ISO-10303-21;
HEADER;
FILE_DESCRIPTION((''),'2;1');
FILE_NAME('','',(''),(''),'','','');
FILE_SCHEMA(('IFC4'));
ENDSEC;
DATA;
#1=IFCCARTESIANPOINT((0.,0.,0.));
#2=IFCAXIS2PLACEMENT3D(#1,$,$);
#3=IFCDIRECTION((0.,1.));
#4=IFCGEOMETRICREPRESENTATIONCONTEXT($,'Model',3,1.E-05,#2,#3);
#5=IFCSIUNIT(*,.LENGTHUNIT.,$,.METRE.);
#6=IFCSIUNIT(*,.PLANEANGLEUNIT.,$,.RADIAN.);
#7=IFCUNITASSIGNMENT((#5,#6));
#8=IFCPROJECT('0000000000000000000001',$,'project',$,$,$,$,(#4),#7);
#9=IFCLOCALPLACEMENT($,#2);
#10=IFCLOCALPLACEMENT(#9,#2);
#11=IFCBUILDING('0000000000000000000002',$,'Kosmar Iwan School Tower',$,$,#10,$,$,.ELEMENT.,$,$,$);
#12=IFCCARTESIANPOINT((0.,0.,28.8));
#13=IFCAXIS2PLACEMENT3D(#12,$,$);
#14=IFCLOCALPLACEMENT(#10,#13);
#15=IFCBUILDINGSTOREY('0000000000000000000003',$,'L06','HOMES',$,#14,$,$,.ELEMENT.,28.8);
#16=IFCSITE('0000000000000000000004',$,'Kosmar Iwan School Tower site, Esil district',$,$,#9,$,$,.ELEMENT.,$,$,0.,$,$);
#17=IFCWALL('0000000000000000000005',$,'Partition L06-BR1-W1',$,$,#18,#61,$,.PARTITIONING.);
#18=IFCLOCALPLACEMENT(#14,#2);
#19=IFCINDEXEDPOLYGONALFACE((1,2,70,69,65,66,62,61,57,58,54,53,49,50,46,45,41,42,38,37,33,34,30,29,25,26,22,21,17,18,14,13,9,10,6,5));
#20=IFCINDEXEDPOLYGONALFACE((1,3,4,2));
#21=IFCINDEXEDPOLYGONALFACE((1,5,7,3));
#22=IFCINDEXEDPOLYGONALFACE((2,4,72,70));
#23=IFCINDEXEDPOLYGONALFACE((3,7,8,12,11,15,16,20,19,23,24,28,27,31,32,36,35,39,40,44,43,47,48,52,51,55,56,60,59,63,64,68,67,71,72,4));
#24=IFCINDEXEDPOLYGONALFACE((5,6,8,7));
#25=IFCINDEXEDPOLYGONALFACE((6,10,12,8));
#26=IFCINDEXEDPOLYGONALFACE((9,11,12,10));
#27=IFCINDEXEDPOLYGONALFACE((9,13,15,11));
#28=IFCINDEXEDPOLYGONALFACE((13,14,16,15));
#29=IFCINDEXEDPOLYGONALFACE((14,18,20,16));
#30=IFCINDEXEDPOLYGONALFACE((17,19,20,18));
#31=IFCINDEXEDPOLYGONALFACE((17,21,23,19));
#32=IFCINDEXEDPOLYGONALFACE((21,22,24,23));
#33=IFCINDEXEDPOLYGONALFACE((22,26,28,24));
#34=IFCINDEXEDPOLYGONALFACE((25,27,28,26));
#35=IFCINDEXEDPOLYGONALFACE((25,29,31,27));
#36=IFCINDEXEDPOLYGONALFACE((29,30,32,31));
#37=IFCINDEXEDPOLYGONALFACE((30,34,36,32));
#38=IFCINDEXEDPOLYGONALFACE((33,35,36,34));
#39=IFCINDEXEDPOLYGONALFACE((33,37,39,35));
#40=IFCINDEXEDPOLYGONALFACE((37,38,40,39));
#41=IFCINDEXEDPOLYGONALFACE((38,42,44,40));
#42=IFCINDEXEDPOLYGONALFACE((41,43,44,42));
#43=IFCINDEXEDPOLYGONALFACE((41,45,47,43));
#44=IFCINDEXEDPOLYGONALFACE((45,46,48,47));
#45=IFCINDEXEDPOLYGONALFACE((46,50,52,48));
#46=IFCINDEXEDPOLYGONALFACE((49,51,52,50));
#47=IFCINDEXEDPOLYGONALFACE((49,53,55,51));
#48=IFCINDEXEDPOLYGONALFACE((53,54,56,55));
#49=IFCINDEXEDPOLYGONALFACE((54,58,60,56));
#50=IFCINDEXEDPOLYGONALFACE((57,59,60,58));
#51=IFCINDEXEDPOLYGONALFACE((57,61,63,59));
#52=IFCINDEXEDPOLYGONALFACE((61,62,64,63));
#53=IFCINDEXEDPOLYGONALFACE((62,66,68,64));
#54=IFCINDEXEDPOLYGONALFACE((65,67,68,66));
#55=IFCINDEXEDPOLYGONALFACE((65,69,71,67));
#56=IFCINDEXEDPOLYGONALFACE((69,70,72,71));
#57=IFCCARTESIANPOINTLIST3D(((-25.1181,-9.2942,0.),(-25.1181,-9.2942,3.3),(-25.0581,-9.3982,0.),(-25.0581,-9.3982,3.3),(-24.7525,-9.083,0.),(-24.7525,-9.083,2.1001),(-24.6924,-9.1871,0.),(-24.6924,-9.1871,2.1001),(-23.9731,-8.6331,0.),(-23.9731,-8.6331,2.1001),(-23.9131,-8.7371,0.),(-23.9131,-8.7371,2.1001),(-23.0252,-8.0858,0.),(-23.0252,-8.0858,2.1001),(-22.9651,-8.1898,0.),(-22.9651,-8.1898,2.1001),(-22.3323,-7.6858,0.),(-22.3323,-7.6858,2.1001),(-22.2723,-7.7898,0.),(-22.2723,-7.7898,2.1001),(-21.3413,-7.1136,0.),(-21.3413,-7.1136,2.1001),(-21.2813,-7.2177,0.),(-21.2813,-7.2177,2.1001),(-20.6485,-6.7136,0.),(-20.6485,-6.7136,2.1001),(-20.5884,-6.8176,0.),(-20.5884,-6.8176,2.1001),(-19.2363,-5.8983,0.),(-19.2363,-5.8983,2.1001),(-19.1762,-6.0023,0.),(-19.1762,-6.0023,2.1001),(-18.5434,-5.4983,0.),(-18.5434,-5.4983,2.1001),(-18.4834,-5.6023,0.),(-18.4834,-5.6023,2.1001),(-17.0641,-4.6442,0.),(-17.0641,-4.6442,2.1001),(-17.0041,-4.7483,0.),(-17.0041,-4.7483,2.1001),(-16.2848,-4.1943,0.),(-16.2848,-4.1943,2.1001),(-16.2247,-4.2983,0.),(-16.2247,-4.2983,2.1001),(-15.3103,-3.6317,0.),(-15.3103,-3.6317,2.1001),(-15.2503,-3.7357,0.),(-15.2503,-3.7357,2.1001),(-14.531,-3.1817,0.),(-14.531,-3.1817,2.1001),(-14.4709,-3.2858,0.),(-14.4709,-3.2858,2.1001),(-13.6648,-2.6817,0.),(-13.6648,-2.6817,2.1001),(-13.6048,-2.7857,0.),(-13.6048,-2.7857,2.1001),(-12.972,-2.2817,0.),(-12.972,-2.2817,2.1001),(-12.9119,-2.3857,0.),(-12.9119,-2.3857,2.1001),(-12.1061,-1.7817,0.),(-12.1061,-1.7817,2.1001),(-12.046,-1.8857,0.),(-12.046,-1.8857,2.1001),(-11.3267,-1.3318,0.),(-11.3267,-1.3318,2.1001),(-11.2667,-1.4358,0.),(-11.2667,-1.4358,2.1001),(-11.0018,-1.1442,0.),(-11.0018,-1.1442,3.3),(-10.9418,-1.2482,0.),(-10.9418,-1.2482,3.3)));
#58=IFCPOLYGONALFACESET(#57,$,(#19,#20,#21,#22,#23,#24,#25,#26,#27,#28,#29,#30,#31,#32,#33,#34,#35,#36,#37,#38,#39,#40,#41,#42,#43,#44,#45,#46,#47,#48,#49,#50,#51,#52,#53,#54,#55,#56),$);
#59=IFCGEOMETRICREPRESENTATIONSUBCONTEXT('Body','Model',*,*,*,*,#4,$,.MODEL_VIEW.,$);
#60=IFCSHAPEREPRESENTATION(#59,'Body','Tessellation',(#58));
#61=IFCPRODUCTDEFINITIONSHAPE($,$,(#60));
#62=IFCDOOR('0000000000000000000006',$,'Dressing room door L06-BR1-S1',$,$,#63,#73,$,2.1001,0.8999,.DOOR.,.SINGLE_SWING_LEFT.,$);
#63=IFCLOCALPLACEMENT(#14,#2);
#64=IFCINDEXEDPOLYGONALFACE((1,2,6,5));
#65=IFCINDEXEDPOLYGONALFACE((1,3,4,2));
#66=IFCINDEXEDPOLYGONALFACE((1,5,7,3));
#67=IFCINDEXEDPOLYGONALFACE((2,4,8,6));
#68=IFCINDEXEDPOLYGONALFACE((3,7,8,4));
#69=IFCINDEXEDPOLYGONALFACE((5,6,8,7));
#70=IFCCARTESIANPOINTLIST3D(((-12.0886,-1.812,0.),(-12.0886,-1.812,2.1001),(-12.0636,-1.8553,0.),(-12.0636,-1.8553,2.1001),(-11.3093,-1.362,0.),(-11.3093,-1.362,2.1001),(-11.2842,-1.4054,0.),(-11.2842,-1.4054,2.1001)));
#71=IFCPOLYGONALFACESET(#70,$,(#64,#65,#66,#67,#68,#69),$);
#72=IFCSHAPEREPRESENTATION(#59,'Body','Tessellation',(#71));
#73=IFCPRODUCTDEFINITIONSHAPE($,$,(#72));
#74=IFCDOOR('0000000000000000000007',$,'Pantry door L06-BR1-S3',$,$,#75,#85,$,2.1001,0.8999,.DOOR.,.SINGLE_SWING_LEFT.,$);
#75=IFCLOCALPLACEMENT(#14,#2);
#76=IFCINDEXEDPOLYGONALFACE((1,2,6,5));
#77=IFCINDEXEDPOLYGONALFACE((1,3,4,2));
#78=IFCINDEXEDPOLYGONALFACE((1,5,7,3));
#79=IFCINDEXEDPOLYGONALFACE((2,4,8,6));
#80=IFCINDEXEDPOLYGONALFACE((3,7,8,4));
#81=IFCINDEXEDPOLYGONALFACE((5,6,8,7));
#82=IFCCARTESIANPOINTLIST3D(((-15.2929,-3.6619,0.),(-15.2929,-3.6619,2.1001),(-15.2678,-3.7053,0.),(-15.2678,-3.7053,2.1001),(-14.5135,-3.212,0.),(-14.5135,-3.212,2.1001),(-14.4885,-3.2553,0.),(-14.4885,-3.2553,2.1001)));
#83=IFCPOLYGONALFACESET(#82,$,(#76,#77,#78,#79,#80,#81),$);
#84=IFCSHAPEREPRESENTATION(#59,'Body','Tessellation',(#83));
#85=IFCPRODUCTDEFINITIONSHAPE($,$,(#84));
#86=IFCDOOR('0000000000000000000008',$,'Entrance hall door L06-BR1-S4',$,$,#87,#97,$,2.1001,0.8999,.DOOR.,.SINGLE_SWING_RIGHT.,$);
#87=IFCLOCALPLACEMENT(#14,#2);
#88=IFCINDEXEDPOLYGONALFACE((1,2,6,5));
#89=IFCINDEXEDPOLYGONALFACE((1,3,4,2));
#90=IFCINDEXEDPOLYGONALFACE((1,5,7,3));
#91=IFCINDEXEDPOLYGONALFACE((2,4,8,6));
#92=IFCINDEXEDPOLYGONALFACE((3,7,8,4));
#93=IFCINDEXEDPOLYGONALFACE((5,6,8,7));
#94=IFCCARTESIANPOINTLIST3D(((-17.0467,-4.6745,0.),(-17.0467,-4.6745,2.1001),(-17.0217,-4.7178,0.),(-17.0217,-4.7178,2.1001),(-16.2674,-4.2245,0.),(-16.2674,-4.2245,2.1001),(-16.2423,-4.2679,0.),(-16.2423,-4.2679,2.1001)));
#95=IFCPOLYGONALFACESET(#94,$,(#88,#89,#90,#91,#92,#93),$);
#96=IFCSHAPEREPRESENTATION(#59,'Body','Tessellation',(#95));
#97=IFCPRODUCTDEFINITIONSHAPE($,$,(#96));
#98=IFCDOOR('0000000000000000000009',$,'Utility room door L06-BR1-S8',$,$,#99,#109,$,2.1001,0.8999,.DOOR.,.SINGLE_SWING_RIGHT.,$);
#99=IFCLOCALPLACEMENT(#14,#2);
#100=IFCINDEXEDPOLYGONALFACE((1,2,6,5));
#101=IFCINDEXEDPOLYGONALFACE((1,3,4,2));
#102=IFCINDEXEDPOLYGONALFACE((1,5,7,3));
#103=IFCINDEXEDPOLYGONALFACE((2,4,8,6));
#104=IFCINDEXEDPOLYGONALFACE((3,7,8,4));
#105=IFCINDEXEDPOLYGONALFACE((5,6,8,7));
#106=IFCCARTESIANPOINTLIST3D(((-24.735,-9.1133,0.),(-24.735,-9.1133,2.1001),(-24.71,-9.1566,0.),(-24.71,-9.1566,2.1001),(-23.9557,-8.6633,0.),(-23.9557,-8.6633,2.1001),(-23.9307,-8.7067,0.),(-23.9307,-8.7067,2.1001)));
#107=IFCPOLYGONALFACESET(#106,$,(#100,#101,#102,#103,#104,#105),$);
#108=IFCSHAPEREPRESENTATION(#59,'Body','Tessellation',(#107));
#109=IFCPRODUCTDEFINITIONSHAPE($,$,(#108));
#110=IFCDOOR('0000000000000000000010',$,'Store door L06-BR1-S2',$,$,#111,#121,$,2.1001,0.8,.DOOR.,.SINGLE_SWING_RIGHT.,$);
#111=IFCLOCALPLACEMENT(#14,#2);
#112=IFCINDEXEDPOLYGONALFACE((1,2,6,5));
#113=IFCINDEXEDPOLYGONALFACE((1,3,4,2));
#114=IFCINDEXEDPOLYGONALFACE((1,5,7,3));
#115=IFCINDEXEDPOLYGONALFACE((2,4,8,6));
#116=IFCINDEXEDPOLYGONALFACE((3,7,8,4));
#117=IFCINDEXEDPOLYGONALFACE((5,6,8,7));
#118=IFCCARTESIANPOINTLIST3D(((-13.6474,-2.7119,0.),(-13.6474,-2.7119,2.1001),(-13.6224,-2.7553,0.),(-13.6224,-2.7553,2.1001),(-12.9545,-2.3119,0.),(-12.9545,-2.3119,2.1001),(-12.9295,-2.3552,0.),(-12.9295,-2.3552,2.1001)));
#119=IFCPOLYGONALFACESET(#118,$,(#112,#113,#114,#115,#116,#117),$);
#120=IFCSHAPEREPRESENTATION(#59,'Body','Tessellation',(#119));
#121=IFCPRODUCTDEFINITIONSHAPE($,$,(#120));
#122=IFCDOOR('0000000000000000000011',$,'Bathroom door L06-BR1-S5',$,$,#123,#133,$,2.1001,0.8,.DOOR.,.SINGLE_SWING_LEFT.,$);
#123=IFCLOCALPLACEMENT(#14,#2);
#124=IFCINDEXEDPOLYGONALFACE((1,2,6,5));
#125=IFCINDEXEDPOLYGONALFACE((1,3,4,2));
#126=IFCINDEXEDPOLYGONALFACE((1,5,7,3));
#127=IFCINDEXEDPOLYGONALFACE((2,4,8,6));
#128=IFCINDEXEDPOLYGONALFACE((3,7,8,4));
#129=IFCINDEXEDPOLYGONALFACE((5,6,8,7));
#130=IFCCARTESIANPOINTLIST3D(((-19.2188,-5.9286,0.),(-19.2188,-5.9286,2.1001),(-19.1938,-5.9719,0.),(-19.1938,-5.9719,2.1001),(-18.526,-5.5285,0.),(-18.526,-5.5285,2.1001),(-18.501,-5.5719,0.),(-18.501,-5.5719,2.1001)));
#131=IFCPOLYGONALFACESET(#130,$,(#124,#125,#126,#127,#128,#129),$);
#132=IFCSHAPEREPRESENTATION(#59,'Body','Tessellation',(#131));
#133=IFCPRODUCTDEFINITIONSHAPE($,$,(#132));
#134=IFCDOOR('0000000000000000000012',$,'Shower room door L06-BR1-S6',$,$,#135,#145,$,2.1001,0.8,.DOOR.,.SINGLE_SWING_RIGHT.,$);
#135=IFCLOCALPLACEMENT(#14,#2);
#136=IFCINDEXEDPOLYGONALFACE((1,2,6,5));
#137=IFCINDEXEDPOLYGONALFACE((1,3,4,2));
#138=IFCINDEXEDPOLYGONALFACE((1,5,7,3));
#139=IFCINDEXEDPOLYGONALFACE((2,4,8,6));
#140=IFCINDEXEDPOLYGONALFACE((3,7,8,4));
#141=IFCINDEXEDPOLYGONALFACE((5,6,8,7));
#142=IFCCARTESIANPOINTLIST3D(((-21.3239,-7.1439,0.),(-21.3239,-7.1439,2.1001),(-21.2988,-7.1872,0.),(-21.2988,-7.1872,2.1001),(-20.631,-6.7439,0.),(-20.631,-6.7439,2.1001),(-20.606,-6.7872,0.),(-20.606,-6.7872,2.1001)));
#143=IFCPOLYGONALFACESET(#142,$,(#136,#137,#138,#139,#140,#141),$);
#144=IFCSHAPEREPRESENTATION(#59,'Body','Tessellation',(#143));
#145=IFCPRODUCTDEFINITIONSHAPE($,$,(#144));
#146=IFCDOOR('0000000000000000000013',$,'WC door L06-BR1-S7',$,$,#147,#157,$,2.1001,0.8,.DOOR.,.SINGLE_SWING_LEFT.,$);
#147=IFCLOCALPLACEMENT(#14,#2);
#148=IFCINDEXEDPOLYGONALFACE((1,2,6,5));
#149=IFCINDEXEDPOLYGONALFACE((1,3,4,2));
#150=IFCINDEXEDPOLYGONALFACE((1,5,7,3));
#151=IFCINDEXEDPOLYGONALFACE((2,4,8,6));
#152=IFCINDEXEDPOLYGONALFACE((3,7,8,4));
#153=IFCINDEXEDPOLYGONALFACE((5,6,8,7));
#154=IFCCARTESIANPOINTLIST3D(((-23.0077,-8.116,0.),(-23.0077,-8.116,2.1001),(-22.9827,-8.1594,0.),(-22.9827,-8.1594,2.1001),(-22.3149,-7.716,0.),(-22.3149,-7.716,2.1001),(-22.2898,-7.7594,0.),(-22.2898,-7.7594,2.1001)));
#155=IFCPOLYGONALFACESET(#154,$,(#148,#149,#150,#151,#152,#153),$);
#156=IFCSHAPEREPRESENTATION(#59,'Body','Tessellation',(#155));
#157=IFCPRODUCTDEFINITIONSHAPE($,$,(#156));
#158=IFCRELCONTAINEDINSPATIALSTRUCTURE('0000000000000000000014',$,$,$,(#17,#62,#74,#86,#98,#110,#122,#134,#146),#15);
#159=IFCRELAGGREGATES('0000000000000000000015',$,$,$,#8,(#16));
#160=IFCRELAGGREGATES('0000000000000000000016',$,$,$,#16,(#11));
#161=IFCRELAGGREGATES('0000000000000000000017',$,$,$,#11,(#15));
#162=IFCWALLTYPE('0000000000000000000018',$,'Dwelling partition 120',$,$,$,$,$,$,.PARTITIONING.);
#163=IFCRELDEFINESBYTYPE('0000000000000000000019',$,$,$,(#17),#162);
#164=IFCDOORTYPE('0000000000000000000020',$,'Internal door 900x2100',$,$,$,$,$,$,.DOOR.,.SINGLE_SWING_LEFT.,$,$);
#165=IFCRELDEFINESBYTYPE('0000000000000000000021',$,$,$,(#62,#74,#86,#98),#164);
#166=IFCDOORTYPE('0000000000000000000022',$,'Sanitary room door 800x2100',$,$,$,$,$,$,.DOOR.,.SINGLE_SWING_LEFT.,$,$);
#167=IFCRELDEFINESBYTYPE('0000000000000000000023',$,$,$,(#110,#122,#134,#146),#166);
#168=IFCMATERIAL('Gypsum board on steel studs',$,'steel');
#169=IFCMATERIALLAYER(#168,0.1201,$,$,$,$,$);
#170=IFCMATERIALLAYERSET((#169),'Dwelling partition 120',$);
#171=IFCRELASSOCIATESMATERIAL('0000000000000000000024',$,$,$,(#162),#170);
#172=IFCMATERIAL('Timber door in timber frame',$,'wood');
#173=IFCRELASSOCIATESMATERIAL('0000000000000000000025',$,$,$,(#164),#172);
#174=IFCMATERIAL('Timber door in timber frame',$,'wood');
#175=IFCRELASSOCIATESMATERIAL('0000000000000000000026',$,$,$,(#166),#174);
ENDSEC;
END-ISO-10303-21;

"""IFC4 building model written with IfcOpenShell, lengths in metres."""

from ifc_helpers import new_model, si_unit, direction, frame, frame_2d, origin, place, context, subcontext, project, spatial, rectangle, extrude, material, layer, layer_set, type_object, element, fill, save


model = new_model("IFC4")

# Units and contexts
model_context = context("Model", 3, precision=1e-05, world=origin(), true_north=direction((0.0, 1.0)))
body_context = subcontext(model_context, "Body", "Model", "MODEL_VIEW")
ifc_project = project(units=[si_unit("LENGTHUNIT", "METRE"), si_unit("PLANEANGLEUNIT", "RADIAN")], contexts=[model_context])

# Site, building, storey
site_placement = place(None, origin())
site = spatial("IfcSite", under=ifc_project, at=site_placement, Name="Kosmar Iwan School Tower site, Esil district", CompositionType="ELEMENT", RefElevation=0.0)
building_placement = place(site_placement, origin())
building = spatial("IfcBuilding", under=site, at=building_placement, Name="Kosmar Iwan School Tower", CompositionType="ELEMENT")
storey_placement = place(building_placement, frame((0.0, 0.0, 28.8)))
storey = spatial("IfcBuildingStorey", under=building, at=storey_placement, Name="L06", Description="HOMES", CompositionType="ELEMENT", Elevation=28.8)

# Wall, openings, doors
ifc_material_1 = material(Name="Gypsum board on steel studs", Category="steel")
ifc_layer_1 = layer(ifc_material_1, 0.1201)
ifc_layer_set_1 = layer_set([ifc_layer_1], Name="Dwelling partition 120")
wall_type_1 = type_object("IfcWallType", Name="Dwelling partition 120", PredefinedType="PARTITIONING", material=ifc_layer_set_1)
wall_1_placement = place(storey_placement, frame((-10.9719, -1.1963, 0.0), z_axis=(0.0, 0.0, 1.0), x_axis=(-0.866028, -0.499996, 0.0)))
wall_1 = element("IfcWall", 1, at=wall_1_placement, inside=storey, type_object=wall_type_1, Name="Partition L06-BR1-W1", PredefinedType="PARTITIONING", context=body_context, shape_type="SweptSolid", body=[
    extrude(rectangle(XDim=16.3, YDim=0.1201, at=frame_2d((8.1499, 0.0))), origin(), (0.0, 0.0, 1.0), 3.3),
])
opening_1_placement = place(wall_1_placement, frame((0.375, 0.0, 0.0)))
opening_1 = element("IfcOpeningElement", 2, at=opening_1_placement, cuts=wall_1, PredefinedType="OPENING", context=body_context, shape_type="SweptSolid", body=[
    extrude(rectangle(XDim=0.8999, YDim=2.1001, at=frame_2d((0.45, 1.05))), frame((0.0, 0.072, 0.0), z_axis=(0.0, -1.0, 0.0), x_axis=(1.0, 0.0, 0.0)), (0.0, 0.0, 1.0), 0.144),
])
opening_2_placement = place(wall_1_placement, frame((2.2749, 0.0, 0.0)))
opening_2 = element("IfcOpeningElement", 3, at=opening_2_placement, cuts=wall_1, PredefinedType="OPENING", context=body_context, shape_type="SweptSolid", body=[
    extrude(rectangle(XDim=0.8, YDim=2.1001, at=frame_2d((0.3999, 1.05))), frame((0.0, 0.072, 0.0), z_axis=(0.0, -1.0, 0.0), x_axis=(1.0, 0.0, 0.0)), (0.0, 0.0, 1.0), 0.144),
])
opening_3_placement = place(wall_1_placement, frame((4.075, 0.0, 0.0)))
opening_3 = element("IfcOpeningElement", 4, at=opening_3_placement, cuts=wall_1, PredefinedType="OPENING", context=body_context, shape_type="SweptSolid", body=[
    extrude(rectangle(XDim=0.8999, YDim=2.1001, at=frame_2d((0.45, 1.05))), frame((0.0, 0.072, 0.0), z_axis=(0.0, -1.0, 0.0), x_axis=(1.0, 0.0, 0.0)), (0.0, 0.0, 1.0), 0.144),
])
opening_4_placement = place(wall_1_placement, frame((6.1001, 0.0, 0.0)))
opening_4 = element("IfcOpeningElement", 5, at=opening_4_placement, cuts=wall_1, PredefinedType="OPENING", context=body_context, shape_type="SweptSolid", body=[
    extrude(rectangle(XDim=0.8999, YDim=2.1001, at=frame_2d((0.45, 1.05))), frame((0.0, 0.072, 0.0), z_axis=(0.0, -1.0, 0.0), x_axis=(1.0, 0.0, 0.0)), (0.0, 0.0, 1.0), 0.144),
])
opening_5_placement = place(wall_1_placement, frame((8.7083, 0.0, 0.0)))
opening_5 = element("IfcOpeningElement", 6, at=opening_5_placement, cuts=wall_1, PredefinedType="OPENING", context=body_context, shape_type="SweptSolid", body=[
    extrude(rectangle(XDim=0.8, YDim=2.1001, at=frame_2d((0.3999, 1.05))), frame((0.0, 0.072, 0.0), z_axis=(0.0, -1.0, 0.0), x_axis=(1.0, 0.0, 0.0)), (0.0, 0.0, 1.0), 0.144),
])
opening_6_placement = place(wall_1_placement, frame((11.1389, 0.0, 0.0)))
opening_6 = element("IfcOpeningElement", 7, at=opening_6_placement, cuts=wall_1, PredefinedType="OPENING", context=body_context, shape_type="SweptSolid", body=[
    extrude(rectangle(XDim=0.8, YDim=2.1001, at=frame_2d((0.3999, 1.05))), frame((0.0, 0.072, 0.0), z_axis=(0.0, -1.0, 0.0), x_axis=(1.0, 0.0, 0.0)), (0.0, 0.0, 1.0), 0.144),
])
opening_7_placement = place(wall_1_placement, frame((13.0833, 0.0, 0.0)))
opening_7 = element("IfcOpeningElement", 8, at=opening_7_placement, cuts=wall_1, PredefinedType="OPENING", context=body_context, shape_type="SweptSolid", body=[
    extrude(rectangle(XDim=0.8, YDim=2.1001, at=frame_2d((0.3999, 1.05))), frame((0.0, 0.072, 0.0), z_axis=(0.0, -1.0, 0.0), x_axis=(1.0, 0.0, 0.0)), (0.0, 0.0, 1.0), 0.144),
])
opening_8_placement = place(wall_1_placement, frame((14.9778, 0.0, 0.0)))
opening_8 = element("IfcOpeningElement", 9, at=opening_8_placement, cuts=wall_1, PredefinedType="OPENING", context=body_context, shape_type="SweptSolid", body=[
    extrude(rectangle(XDim=0.8999, YDim=2.1001, at=frame_2d((0.45, 1.05))), frame((0.0, 0.072, 0.0), z_axis=(0.0, -1.0, 0.0), x_axis=(1.0, 0.0, 0.0)), (0.0, 0.0, 1.0), 0.144),
])
ifc_material_2 = material(Name="Timber door in timber frame", Category="wood")
door_type_1 = type_object("IfcDoorType", Name="Internal door 900x2100", OperationType="SINGLE_SWING_LEFT", PredefinedType="DOOR", material=ifc_material_2)
door_1_placement = place(opening_1_placement, origin())
door_1 = element("IfcDoor", 10, at=door_1_placement, inside=storey, type_object=door_type_1, Name="Dressing room door L06-BR1-S1", OperationType="SINGLE_SWING_LEFT", OverallHeight=2.1001, OverallWidth=0.8999, PredefinedType="DOOR", context=body_context, shape_type="SweptSolid", body=[
    extrude(rectangle(XDim=0.8999, YDim=2.1001, at=frame_2d((0.45, 1.05))), frame((0.0, 0.0249, 0.0), z_axis=(0.0, -1.0, 0.0), x_axis=(1.0, 0.0, 0.0)), (0.0, 0.0, 1.0), 0.05),
])
fill(opening_1, door_1)
door_2_placement = place(opening_3_placement, origin())
door_2 = element("IfcDoor", 11, at=door_2_placement, inside=storey, type_object=door_type_1, Name="Pantry door L06-BR1-S3", OperationType="SINGLE_SWING_LEFT", OverallHeight=2.1001, OverallWidth=0.8999, PredefinedType="DOOR", context=body_context, shape_type="SweptSolid", body=[
    extrude(rectangle(XDim=0.8999, YDim=2.1001, at=frame_2d((0.45, 1.05))), frame((0.0, 0.0249, 0.0), z_axis=(0.0, -1.0, 0.0), x_axis=(1.0, 0.0, 0.0)), (0.0, 0.0, 1.0), 0.05),
])
fill(opening_3, door_2)
door_3_placement = place(opening_4_placement, origin())
door_3 = element("IfcDoor", 12, at=door_3_placement, inside=storey, type_object=door_type_1, Name="Entrance hall door L06-BR1-S4", OperationType="SINGLE_SWING_RIGHT", OverallHeight=2.1001, OverallWidth=0.8999, PredefinedType="DOOR", context=body_context, shape_type="SweptSolid", body=[
    extrude(rectangle(XDim=0.8999, YDim=2.1001, at=frame_2d((0.45, 1.05))), frame((0.0, 0.0249, 0.0), z_axis=(0.0, -1.0, 0.0), x_axis=(1.0, 0.0, 0.0)), (0.0, 0.0, 1.0), 0.05),
])
fill(opening_4, door_3)
door_4_placement = place(opening_8_placement, origin())
door_4 = element("IfcDoor", 13, at=door_4_placement, inside=storey, type_object=door_type_1, Name="Utility room door L06-BR1-S8", OperationType="SINGLE_SWING_RIGHT", OverallHeight=2.1001, OverallWidth=0.8999, PredefinedType="DOOR", context=body_context, shape_type="SweptSolid", body=[
    extrude(rectangle(XDim=0.8999, YDim=2.1001, at=frame_2d((0.45, 1.05))), frame((0.0, 0.0249, 0.0), z_axis=(0.0, -1.0, 0.0), x_axis=(1.0, 0.0, 0.0)), (0.0, 0.0, 1.0), 0.05),
])
fill(opening_8, door_4)
ifc_material_3 = material(Name="Timber door in timber frame", Category="wood")
door_type_2 = type_object("IfcDoorType", Name="Sanitary room door 800x2100", OperationType="SINGLE_SWING_LEFT", PredefinedType="DOOR", material=ifc_material_3)
door_5_placement = place(opening_2_placement, origin())
door_5 = element("IfcDoor", 14, at=door_5_placement, inside=storey, type_object=door_type_2, Name="Store door L06-BR1-S2", OperationType="SINGLE_SWING_RIGHT", OverallHeight=2.1001, OverallWidth=0.8, PredefinedType="DOOR", context=body_context, shape_type="SweptSolid", body=[
    extrude(rectangle(XDim=0.8, YDim=2.1001, at=frame_2d((0.3999, 1.05))), frame((0.0, 0.0249, 0.0), z_axis=(0.0, -1.0, 0.0), x_axis=(1.0, 0.0, 0.0)), (0.0, 0.0, 1.0), 0.05),
])
fill(opening_2, door_5)
door_6_placement = place(opening_5_placement, origin())
door_6 = element("IfcDoor", 15, at=door_6_placement, inside=storey, type_object=door_type_2, Name="Bathroom door L06-BR1-S5", OperationType="SINGLE_SWING_LEFT", OverallHeight=2.1001, OverallWidth=0.8, PredefinedType="DOOR", context=body_context, shape_type="SweptSolid", body=[
    extrude(rectangle(XDim=0.8, YDim=2.1001, at=frame_2d((0.3999, 1.05))), frame((0.0, 0.0249, 0.0), z_axis=(0.0, -1.0, 0.0), x_axis=(1.0, 0.0, 0.0)), (0.0, 0.0, 1.0), 0.05),
])
fill(opening_5, door_6)
door_7_placement = place(opening_6_placement, origin())
door_7 = element("IfcDoor", 16, at=door_7_placement, inside=storey, type_object=door_type_2, Name="Shower room door L06-BR1-S6", OperationType="SINGLE_SWING_RIGHT", OverallHeight=2.1001, OverallWidth=0.8, PredefinedType="DOOR", context=body_context, shape_type="SweptSolid", body=[
    extrude(rectangle(XDim=0.8, YDim=2.1001, at=frame_2d((0.3999, 1.05))), frame((0.0, 0.0249, 0.0), z_axis=(0.0, -1.0, 0.0), x_axis=(1.0, 0.0, 0.0)), (0.0, 0.0, 1.0), 0.05),
])
fill(opening_6, door_7)
door_8_placement = place(opening_7_placement, origin())
door_8 = element("IfcDoor", 17, at=door_8_placement, inside=storey, type_object=door_type_2, Name="WC door L06-BR1-S7", OperationType="SINGLE_SWING_LEFT", OverallHeight=2.1001, OverallWidth=0.8, PredefinedType="DOOR", context=body_context, shape_type="SweptSolid", body=[
    extrude(rectangle(XDim=0.8, YDim=2.1001, at=frame_2d((0.3999, 1.05))), frame((0.0, 0.0249, 0.0), z_axis=(0.0, -1.0, 0.0), x_axis=(1.0, 0.0, 0.0)), (0.0, 0.0, 1.0), 0.05),
])
fill(opening_7, door_8)

save(model, "model.ifc")
